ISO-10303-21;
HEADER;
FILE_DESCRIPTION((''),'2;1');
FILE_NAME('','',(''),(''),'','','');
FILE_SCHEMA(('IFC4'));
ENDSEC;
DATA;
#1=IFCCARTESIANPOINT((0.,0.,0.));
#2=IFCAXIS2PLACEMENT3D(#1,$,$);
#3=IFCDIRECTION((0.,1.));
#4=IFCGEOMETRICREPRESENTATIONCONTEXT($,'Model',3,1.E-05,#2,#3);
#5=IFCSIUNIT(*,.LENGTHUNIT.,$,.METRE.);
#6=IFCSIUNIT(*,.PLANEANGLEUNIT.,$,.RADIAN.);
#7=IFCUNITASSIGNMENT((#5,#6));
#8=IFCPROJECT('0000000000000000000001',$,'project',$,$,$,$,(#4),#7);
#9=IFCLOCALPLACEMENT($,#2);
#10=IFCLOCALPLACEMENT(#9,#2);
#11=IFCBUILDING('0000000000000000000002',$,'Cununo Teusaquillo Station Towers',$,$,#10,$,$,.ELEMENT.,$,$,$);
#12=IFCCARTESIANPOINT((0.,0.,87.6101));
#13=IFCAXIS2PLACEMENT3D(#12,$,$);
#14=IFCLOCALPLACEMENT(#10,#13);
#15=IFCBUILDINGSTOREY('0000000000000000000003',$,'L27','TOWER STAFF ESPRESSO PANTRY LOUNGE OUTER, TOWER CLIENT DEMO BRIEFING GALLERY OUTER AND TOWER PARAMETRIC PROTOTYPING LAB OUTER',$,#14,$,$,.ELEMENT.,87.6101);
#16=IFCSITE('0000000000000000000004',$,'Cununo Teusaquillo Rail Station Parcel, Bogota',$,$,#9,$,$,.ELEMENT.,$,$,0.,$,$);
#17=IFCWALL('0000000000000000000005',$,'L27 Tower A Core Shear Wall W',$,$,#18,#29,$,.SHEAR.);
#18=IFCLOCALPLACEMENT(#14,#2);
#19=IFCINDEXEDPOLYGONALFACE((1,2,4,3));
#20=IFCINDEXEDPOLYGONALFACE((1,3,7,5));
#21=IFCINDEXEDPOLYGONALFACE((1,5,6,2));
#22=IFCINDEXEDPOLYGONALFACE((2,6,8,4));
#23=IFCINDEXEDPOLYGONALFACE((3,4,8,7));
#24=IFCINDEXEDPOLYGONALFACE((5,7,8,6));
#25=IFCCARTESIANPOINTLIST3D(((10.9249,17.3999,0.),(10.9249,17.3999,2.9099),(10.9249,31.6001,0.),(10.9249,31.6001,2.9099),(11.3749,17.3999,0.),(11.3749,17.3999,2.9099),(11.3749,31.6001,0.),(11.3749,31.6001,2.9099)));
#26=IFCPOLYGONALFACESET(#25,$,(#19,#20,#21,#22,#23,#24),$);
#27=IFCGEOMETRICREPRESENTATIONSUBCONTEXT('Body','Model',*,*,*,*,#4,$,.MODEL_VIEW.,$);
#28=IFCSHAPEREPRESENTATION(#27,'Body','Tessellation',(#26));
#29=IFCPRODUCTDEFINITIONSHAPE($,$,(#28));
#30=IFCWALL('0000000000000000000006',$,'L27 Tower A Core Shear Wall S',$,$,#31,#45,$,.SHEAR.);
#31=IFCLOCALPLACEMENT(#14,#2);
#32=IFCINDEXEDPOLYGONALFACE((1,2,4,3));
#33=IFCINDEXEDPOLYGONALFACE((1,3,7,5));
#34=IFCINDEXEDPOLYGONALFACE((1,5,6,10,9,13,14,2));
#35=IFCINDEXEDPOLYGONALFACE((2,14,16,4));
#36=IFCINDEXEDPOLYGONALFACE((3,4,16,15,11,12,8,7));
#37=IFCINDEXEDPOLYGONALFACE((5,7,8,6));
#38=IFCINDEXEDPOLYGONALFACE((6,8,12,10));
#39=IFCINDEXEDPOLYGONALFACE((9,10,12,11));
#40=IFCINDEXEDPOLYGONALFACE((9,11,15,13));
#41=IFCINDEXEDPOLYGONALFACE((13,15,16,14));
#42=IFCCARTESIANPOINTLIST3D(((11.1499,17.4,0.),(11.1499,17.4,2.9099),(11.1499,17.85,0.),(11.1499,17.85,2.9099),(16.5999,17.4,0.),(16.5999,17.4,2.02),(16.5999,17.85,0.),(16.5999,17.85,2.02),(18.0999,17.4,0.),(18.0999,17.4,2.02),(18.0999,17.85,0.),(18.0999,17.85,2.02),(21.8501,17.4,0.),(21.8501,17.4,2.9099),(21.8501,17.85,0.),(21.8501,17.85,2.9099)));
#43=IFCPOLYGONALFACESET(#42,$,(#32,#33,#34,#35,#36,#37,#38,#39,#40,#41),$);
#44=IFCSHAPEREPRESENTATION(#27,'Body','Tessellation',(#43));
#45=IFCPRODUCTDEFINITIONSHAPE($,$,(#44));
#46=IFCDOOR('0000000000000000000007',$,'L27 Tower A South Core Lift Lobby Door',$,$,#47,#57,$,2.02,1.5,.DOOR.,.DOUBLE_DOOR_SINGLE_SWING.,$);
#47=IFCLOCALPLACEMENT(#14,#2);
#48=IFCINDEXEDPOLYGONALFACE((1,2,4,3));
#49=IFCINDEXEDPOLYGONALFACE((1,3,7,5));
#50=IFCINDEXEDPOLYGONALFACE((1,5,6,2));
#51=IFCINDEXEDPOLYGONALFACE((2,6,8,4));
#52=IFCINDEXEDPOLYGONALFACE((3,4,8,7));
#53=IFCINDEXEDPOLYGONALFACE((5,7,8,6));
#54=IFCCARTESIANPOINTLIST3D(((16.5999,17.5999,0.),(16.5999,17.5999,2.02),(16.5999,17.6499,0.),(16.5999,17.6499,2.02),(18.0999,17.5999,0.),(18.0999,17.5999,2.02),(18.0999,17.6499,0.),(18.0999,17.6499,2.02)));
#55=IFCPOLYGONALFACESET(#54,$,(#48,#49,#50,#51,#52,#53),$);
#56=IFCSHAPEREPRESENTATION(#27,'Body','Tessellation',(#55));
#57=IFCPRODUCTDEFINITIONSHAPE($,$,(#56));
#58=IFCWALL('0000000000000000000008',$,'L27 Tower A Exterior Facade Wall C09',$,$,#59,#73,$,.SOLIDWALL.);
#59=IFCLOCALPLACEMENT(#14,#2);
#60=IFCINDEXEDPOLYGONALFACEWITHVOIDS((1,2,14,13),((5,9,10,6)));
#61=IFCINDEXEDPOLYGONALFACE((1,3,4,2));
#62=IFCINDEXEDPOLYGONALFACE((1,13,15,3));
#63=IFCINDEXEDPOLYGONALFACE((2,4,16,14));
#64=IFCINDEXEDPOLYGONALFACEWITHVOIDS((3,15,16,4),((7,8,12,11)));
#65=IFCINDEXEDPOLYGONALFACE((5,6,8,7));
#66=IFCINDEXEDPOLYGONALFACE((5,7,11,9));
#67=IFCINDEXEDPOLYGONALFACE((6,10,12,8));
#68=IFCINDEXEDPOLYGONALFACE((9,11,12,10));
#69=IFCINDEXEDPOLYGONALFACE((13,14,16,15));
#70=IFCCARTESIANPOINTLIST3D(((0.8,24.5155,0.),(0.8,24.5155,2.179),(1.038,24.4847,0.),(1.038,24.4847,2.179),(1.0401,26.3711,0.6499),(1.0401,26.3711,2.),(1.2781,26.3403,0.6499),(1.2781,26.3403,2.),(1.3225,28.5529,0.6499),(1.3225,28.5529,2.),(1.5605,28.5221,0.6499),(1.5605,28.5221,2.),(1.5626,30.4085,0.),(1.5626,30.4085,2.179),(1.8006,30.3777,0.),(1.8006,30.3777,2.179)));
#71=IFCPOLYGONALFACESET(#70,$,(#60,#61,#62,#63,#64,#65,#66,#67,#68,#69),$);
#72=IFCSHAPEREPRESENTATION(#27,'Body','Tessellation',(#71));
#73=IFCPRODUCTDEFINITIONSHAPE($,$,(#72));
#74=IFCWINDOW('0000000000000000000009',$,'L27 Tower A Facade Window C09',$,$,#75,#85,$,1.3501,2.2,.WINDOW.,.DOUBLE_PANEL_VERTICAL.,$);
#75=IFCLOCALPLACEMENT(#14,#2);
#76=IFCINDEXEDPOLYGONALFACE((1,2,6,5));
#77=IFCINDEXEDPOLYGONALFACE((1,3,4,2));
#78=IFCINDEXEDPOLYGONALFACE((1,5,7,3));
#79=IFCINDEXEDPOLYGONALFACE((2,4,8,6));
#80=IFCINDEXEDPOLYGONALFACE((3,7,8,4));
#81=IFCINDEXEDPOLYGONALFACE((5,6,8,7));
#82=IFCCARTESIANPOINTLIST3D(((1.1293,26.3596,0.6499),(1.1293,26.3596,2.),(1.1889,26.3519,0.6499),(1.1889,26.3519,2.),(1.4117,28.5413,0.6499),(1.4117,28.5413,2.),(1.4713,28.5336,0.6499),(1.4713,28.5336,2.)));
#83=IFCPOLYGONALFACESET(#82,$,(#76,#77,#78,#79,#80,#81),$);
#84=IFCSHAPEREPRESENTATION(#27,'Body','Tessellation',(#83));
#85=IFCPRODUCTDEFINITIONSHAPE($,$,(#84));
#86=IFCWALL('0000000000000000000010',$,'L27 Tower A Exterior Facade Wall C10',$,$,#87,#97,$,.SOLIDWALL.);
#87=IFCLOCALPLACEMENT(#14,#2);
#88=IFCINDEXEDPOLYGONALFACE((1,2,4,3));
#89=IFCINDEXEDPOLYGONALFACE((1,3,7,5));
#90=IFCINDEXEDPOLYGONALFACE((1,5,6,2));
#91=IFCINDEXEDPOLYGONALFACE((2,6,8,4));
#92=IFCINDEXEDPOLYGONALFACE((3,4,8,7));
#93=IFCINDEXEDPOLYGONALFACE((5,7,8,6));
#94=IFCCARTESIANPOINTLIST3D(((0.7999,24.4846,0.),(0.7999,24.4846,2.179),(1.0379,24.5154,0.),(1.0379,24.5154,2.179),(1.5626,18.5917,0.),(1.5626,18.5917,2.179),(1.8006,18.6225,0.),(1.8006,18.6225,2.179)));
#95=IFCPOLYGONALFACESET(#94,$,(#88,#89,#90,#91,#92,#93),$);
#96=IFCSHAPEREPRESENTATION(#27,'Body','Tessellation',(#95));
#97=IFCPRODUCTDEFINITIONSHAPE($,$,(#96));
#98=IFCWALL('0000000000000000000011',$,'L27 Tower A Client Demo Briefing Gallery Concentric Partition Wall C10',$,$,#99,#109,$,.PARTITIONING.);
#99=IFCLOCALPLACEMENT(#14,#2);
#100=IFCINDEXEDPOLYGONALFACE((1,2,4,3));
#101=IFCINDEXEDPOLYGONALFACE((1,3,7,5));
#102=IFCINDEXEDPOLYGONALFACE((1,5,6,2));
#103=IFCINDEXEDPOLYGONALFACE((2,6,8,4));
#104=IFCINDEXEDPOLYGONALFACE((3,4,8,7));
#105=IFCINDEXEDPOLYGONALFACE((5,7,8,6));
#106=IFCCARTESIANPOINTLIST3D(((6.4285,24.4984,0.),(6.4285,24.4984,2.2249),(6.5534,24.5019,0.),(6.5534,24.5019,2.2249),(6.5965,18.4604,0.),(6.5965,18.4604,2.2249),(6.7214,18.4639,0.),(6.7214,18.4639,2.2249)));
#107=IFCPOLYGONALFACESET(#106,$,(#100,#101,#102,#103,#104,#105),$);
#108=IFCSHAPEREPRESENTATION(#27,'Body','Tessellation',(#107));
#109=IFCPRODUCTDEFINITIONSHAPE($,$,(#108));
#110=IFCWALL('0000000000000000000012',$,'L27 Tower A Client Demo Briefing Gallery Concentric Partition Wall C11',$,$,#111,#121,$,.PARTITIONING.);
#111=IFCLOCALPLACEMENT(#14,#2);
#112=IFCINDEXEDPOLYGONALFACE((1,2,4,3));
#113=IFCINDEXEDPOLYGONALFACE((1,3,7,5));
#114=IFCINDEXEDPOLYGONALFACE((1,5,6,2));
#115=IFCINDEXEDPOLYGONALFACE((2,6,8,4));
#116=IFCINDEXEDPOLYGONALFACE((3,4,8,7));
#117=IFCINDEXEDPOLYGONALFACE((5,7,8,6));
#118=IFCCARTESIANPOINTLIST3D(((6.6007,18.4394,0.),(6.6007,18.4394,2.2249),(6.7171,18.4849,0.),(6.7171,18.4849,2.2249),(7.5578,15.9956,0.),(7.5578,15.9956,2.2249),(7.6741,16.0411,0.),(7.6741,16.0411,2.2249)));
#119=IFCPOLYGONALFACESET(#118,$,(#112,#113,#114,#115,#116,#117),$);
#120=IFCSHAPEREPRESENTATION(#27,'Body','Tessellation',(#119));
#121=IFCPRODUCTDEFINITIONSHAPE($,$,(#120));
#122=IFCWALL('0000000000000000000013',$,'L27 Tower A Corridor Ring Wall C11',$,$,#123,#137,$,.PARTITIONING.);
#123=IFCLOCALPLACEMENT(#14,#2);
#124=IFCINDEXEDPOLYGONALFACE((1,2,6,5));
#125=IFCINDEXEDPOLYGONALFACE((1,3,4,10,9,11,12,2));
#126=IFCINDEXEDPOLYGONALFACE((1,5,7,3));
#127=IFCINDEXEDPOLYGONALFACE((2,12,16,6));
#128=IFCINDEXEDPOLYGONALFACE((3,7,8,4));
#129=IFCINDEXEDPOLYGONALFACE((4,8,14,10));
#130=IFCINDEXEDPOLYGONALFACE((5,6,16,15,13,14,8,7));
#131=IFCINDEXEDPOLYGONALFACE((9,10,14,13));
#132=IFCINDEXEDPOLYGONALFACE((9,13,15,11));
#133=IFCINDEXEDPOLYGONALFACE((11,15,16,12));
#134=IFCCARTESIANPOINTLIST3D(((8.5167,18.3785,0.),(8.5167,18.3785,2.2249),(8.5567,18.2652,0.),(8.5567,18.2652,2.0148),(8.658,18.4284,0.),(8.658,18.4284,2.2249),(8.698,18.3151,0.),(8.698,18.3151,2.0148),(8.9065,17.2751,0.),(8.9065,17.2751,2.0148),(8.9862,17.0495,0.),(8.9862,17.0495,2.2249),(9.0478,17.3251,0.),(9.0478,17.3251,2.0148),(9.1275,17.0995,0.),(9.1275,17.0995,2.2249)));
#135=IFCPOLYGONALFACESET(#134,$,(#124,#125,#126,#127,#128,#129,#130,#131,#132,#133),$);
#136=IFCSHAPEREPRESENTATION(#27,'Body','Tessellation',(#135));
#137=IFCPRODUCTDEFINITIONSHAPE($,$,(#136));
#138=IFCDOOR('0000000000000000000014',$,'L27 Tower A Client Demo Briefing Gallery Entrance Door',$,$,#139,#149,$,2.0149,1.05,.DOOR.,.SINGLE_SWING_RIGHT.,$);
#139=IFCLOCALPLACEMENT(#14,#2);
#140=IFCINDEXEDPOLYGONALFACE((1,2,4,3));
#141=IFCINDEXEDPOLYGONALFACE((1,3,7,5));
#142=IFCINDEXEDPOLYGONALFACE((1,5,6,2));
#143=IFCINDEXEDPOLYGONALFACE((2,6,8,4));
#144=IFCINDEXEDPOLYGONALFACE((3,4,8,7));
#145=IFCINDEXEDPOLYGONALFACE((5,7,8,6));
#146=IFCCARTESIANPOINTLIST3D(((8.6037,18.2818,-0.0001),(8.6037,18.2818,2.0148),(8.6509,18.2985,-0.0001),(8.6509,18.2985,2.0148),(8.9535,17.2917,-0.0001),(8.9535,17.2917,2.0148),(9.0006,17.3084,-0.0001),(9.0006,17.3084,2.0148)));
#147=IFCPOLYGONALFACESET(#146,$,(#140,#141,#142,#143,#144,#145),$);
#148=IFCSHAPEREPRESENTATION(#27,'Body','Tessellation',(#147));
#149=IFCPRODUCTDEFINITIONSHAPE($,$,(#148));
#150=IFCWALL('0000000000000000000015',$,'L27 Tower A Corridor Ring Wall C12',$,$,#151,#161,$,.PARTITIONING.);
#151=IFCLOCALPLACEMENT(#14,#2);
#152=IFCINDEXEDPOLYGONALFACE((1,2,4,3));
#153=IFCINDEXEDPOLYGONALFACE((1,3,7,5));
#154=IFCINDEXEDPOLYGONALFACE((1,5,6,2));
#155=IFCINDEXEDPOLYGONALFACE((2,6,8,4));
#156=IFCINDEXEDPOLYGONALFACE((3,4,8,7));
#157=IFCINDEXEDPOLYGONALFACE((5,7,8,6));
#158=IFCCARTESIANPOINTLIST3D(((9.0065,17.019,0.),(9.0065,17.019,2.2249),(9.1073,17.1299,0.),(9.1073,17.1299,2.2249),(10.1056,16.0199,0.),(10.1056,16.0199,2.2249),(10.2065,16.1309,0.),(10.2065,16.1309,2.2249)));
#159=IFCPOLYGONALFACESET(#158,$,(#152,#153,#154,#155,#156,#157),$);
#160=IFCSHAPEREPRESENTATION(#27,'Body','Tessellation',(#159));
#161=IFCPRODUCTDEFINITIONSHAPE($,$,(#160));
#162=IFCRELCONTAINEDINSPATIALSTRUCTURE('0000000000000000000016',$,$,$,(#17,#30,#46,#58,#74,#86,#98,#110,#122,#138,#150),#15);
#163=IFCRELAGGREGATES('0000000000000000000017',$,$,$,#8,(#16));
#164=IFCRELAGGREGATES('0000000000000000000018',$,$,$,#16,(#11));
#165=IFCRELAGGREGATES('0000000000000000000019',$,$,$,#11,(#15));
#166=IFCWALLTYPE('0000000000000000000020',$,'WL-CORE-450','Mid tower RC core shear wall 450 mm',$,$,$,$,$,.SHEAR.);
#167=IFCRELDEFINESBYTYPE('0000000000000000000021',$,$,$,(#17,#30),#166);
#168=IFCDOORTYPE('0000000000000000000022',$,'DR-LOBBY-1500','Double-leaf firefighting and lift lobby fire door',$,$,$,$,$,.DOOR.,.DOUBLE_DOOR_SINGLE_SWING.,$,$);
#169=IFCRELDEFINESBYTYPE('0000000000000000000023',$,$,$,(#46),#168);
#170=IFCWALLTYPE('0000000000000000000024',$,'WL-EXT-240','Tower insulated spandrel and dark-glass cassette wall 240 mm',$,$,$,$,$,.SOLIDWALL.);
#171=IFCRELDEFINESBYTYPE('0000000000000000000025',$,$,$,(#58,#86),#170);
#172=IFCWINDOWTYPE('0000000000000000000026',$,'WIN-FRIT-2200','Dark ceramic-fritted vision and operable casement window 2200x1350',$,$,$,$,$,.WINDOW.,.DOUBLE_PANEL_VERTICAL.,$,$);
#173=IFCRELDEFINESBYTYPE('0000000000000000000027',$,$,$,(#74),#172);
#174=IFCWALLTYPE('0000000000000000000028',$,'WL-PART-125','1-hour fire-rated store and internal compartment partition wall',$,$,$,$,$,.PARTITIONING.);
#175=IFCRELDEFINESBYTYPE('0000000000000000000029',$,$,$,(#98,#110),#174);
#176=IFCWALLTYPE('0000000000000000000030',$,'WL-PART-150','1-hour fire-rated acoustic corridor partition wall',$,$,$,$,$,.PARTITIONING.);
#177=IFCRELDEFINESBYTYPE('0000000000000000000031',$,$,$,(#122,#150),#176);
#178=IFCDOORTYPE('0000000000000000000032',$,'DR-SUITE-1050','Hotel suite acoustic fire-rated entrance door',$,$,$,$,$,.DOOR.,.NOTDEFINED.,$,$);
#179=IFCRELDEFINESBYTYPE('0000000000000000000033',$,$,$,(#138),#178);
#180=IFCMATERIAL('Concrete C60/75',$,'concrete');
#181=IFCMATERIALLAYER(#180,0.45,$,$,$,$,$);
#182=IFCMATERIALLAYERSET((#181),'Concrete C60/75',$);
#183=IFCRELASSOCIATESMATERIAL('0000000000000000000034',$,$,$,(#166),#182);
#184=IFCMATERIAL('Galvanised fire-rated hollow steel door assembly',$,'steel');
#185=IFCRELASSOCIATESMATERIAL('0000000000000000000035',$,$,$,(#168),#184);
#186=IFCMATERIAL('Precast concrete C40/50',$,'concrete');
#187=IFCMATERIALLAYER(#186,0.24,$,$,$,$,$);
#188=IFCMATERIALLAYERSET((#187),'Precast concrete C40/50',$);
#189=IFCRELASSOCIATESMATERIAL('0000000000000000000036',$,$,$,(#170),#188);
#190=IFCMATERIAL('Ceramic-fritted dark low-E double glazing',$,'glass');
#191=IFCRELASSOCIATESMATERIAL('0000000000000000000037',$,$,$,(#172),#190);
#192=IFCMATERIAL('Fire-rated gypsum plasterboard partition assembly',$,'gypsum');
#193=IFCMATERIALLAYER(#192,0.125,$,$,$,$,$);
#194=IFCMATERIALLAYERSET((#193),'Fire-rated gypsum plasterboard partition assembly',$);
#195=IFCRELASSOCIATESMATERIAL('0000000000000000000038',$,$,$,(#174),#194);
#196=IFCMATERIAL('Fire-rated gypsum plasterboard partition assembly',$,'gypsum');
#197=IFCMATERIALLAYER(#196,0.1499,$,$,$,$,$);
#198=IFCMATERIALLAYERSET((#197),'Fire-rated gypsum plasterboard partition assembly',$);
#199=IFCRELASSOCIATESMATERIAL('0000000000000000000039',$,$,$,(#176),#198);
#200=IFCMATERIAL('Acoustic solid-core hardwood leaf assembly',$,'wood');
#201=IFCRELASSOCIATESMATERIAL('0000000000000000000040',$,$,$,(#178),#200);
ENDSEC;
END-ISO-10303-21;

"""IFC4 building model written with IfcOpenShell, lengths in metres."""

from ifc_helpers import new_model, si_unit, direction, frame, frame_2d, origin, place, context, subcontext, project, spatial, rectangle, extrude, source, transform, mapped, material, layer, layer_set, type_object, element, fill, save


model = new_model("IFC4")

# Units and contexts
model_context = context("Model", 3, precision=1e-05, world=origin(), true_north=direction((0.0, 1.0)))
body_context = subcontext(model_context, "Body", "Model", "MODEL_VIEW")
ifc_project = project(units=[si_unit("LENGTHUNIT", "METRE"), si_unit("PLANEANGLEUNIT", "RADIAN")], contexts=[model_context])

# Site, building, storey
site_placement = place(None, origin())
site = spatial("IfcSite", under=ifc_project, at=site_placement, Name="Cununo Teusaquillo Rail Station Parcel, Bogota", CompositionType="ELEMENT", RefElevation=0.0)
building_placement = place(site_placement, origin())
building = spatial("IfcBuilding", under=site, at=building_placement, Name="Cununo Teusaquillo Station Towers", CompositionType="ELEMENT")
storey_placement = place(building_placement, frame((0.0, 0.0, 87.6101)))
storey = spatial("IfcBuildingStorey", under=building, at=storey_placement, Name="L27", Description="TOWER STAFF ESPRESSO PANTRY LOUNGE OUTER, TOWER CLIENT DEMO BRIEFING GALLERY OUTER AND TOWER PARAMETRIC PROTOTYPING LAB OUTER", CompositionType="ELEMENT", Elevation=87.6101)

# Wall
ifc_material_1 = material(Name="Concrete C60/75", Category="concrete")
ifc_layer_1 = layer(ifc_material_1, 0.45)
ifc_layer_set_1 = layer_set([ifc_layer_1], Name="Concrete C60/75")
wall_type_1 = type_object("IfcWallType", Name="WL-CORE-450", Description="Mid tower RC core shear wall 450 mm", PredefinedType="SHEAR", material=ifc_layer_set_1)
wall_1_placement = place(storey_placement, frame((11.1499, 17.3999, 0.0), z_axis=(0.0, 0.0, 1.0), x_axis=(0.0, 1.0, 0.0)))
element("IfcWall", 1, at=wall_1_placement, inside=storey, type_object=wall_type_1, Name="L27 Tower A Core Shear Wall W", PredefinedType="SHEAR", context=body_context, shape_type="SweptSolid", body=[
    extrude(rectangle(XDim=14.2002, YDim=0.45, at=frame_2d((7.1001, 0.0))), origin(), (0.0, 0.0, 1.0), 2.9099),
])

# Wall, opening, door
wall_2_placement = place(storey_placement, frame((11.1499, 17.625, 0.0), z_axis=(0.0, 0.0, 1.0), x_axis=(1.0, 0.0, 0.0)))
wall_2 = element("IfcWall", 2, at=wall_2_placement, inside=storey, type_object=wall_type_1, Name="L27 Tower A Core Shear Wall S", PredefinedType="SHEAR", context=body_context, shape_type="SweptSolid", body=[
    extrude(rectangle(XDim=10.7002, YDim=0.45, at=frame_2d((5.3501, 0.0))), origin(), (0.0, 0.0, 1.0), 2.9099),
])
shared_shape_1 = source(origin(), body_context, "Body", "SweptSolid", [
    extrude(rectangle(XDim=1.5, YDim=2.02, at=frame_2d((0.75, 1.01))), frame((0.0, 0.2349, 0.0), z_axis=(0.0, -1.0, 0.0), x_axis=(1.0, 0.0, 0.0)), (0.0, 0.0, 1.0), 0.47),
])
opening_1_placement = place(wall_2_placement, frame((5.45, 0.0, 0.0)))
opening_1 = element("IfcOpeningElement", 3, at=opening_1_placement, cuts=wall_2, PredefinedType="OPENING", context=body_context, shape_type="MappedRepresentation", body=[
    mapped(shared_shape_1, transform((0.0, 0.0, 0.0), x_axis=(1.0, 0.0, 0.0), y_axis=(0.0, 1.0, 0.0), z_axis=(0.0, 0.0, 1.0), scale=1.0)),
])
ifc_material_2 = material(Name="Galvanised fire-rated hollow steel door assembly", Category="steel")
door_type_1 = type_object("IfcDoorType", Name="DR-LOBBY-1500", Description="Double-leaf firefighting and lift lobby fire door", OperationType="DOUBLE_DOOR_SINGLE_SWING", PredefinedType="DOOR", material=ifc_material_2)
shared_shape_2 = source(origin(), body_context, "Body", "SweptSolid", [
    extrude(rectangle(XDim=1.5, YDim=2.02, at=frame_2d((0.75, 1.01))), frame((0.0, 0.0249, 0.0), z_axis=(0.0, -1.0, 0.0), x_axis=(1.0, 0.0, 0.0)), (0.0, 0.0, 1.0), 0.05),
])
door_1_placement = place(opening_1_placement, origin())
door_1 = element("IfcDoor", 4, at=door_1_placement, inside=storey, type_object=door_type_1, Name="L27 Tower A South Core Lift Lobby Door", OperationType="DOUBLE_DOOR_SINGLE_SWING", OverallHeight=2.02, OverallWidth=1.5, PredefinedType="DOOR", context=body_context, shape_type="MappedRepresentation", body=[
    mapped(shared_shape_2, transform((0.0, 0.0, 0.0), x_axis=(1.0, 0.0, 0.0), y_axis=(0.0, 1.0, 0.0), z_axis=(0.0, 0.0, 1.0), scale=1.0)),
])
fill(opening_1, door_1)

# Wall, opening, window
ifc_material_3 = material(Name="Precast concrete C40/50", Category="concrete")
ifc_layer_2 = layer(ifc_material_3, 0.24)
ifc_layer_set_2 = layer_set([ifc_layer_2], Name="Precast concrete C40/50")
wall_type_2 = type_object("IfcWallType", Name="WL-EXT-240", Description="Tower insulated spandrel and dark-glass cassette wall 240 mm", PredefinedType="SOLIDWALL", material=ifc_layer_set_2)
wall_3_placement = place(storey_placement, frame((0.9189, 24.5, 0.0), z_axis=(0.0, 0.0, 1.0), x_axis=(0.128352, 0.991729, 0.0)))
wall_3 = element("IfcWall", 5, at=wall_3_placement, inside=storey, type_object=wall_type_2, Name="L27 Tower A Exterior Facade Wall C09", PredefinedType="SOLIDWALL", context=body_context, shape_type="SweptSolid", body=[
    extrude(rectangle(XDim=5.9421, YDim=0.24, at=frame_2d((2.9712, 0.0))), origin(), (0.0, 0.0, 1.0), 2.179),
])
shared_shape_3 = source(origin(), body_context, "Body", "SweptSolid", [
    extrude(rectangle(XDim=2.2, YDim=1.3501, at=frame_2d((1.1001, 0.675))), frame((0.0, 0.1299, 0.0), z_axis=(0.0, -1.0, 0.0), x_axis=(1.0, 0.0, 0.0)), (0.0, 0.0, 1.0), 0.26),
])
opening_2_placement = place(wall_3_placement, frame((1.8711, 0.0, 0.6499)))
opening_2 = element("IfcOpeningElement", 6, at=opening_2_placement, cuts=wall_3, PredefinedType="OPENING", context=body_context, shape_type="MappedRepresentation", body=[
    mapped(shared_shape_3, transform((0.0, 0.0, 0.0), x_axis=(1.0, 0.0, 0.0), y_axis=(0.0, 1.0, 0.0), z_axis=(0.0, 0.0, 1.0), scale=1.0)),
])
ifc_material_4 = material(Name="Ceramic-fritted dark low-E double glazing", Category="glass")
window_type = type_object("IfcWindowType", Name="WIN-FRIT-2200", Description="Dark ceramic-fritted vision and operable casement window 2200x1350", PartitioningType="DOUBLE_PANEL_VERTICAL", PredefinedType="WINDOW", material=ifc_material_4)
shared_shape_4 = source(origin(), body_context, "Body", "SweptSolid", [
    extrude(rectangle(XDim=2.2, YDim=1.3501, at=frame_2d((1.1001, 0.675))), frame((0.0, 0.03, 0.0), z_axis=(0.0, -1.0, 0.0), x_axis=(1.0, 0.0, 0.0)), (0.0, 0.0, 1.0), 0.0601),
])
window_placement = place(opening_2_placement, origin())
window = element("IfcWindow", 7, at=window_placement, inside=storey, type_object=window_type, Name="L27 Tower A Facade Window C09", OverallHeight=1.3501, OverallWidth=2.2, PartitioningType="DOUBLE_PANEL_VERTICAL", PredefinedType="WINDOW", context=body_context, shape_type="MappedRepresentation", body=[
    mapped(shared_shape_4, transform((0.0, 0.0, 0.0), x_axis=(1.0, 0.0, 0.0), y_axis=(0.0, 1.0, 0.0), z_axis=(0.0, 0.0, 1.0), scale=1.0)),
])
fill(opening_2, window)

# Walls
wall_4_placement = place(storey_placement, frame((1.6816, 18.6069, 0.0), z_axis=(0.0, 0.0, 1.0), x_axis=(-0.128352, 0.991729, 0.0)))
element("IfcWall", 8, at=wall_4_placement, inside=storey, type_object=wall_type_2, Name="L27 Tower A Exterior Facade Wall C10", PredefinedType="SOLIDWALL", context=body_context, shape_type="SweptSolid", body=[
    extrude(rectangle(XDim=5.9421, YDim=0.24, at=frame_2d((2.9712, 0.0))), origin(), (0.0, 0.0, 1.0), 2.179),
])
ifc_material_5 = material(Name="Fire-rated gypsum plasterboard partition assembly", Category="gypsum")
ifc_layer_3 = layer(ifc_material_5, 0.125)
ifc_layer_set_3 = layer_set([ifc_layer_3], Name="Fire-rated gypsum plasterboard partition assembly")
wall_type_3 = type_object("IfcWallType", Name="WL-PART-125", Description="1-hour fire-rated store and internal compartment partition wall", PredefinedType="PARTITIONING", material=ifc_layer_set_3)
wall_5_placement = place(storey_placement, frame((6.491, 24.5, 0.0), z_axis=(0.0, 0.0, 1.0), x_axis=(0.027809, -0.999613, 0.0)))
element("IfcWall", 9, at=wall_5_placement, inside=storey, type_object=wall_type_3, Name="L27 Tower A Client Demo Briefing Gallery Concentric Partition Wall C10", PredefinedType="PARTITIONING", context=body_context, shape_type="SweptSolid", body=[
    extrude(rectangle(XDim=6.0403, YDim=0.125, at=frame_2d((3.02, 0.0))), origin(), (0.0, 0.0, 1.0), 2.2249),
])
wall_6_placement = place(storey_placement, frame((6.6589, 18.4622, 0.0), z_axis=(0.0, 0.0, 1.0), x_axis=(0.364645, -0.931147, 0.0)))
element("IfcWall", 10, at=wall_6_placement, inside=storey, type_object=wall_type_3, Name="L27 Tower A Client Demo Briefing Gallery Concentric Partition Wall C11", PredefinedType="PARTITIONING", context=body_context, shape_type="SweptSolid", body=[
    extrude(rectangle(XDim=2.6245, YDim=0.125, at=frame_2d((1.3123, 0.0))), origin(), (0.0, 0.0, 1.0), 2.2249),
])

# Wall, opening, door
ifc_material_6 = material(Name="Fire-rated gypsum plasterboard partition assembly", Category="gypsum")
ifc_layer_4 = layer(ifc_material_6, 0.1499)
ifc_layer_set_4 = layer_set([ifc_layer_4], Name="Fire-rated gypsum plasterboard partition assembly")
wall_type_4 = type_object("IfcWallType", Name="WL-PART-150", Description="1-hour fire-rated acoustic corridor partition wall", PredefinedType="PARTITIONING", material=ifc_layer_set_4)
wall_7_placement = place(storey_placement, frame((8.5874, 18.4033, 0.0), z_axis=(0.0, 0.0, 1.0), x_axis=(0.333119, -0.942885, 0.0)))
wall_7 = element("IfcWall", 11, at=wall_7_placement, inside=storey, type_object=wall_type_4, Name="L27 Tower A Corridor Ring Wall C11", PredefinedType="PARTITIONING", context=body_context, shape_type="SweptSolid", body=[
    extrude(rectangle(XDim=1.4094, YDim=0.1499, at=frame_2d((0.7046, 0.0))), origin(), (0.0, 0.0, 1.0), 2.2249),
])
shared_shape_5 = source(origin(), body_context, "Body", "SweptSolid", [
    extrude(rectangle(XDim=1.05, YDim=2.0149, at=frame_2d((0.5249, 1.0073))), frame((0.0, 0.085, 0.0), z_axis=(0.0, -1.0, 0.0), x_axis=(1.0, 0.0, 0.0)), (0.0, 0.0, 1.0), 0.1699),
])
opening_3_placement = place(wall_7_placement, frame((0.1201, 0.0, 0.0)))
opening_3 = element("IfcOpeningElement", 12, at=opening_3_placement, cuts=wall_7, PredefinedType="OPENING", context=body_context, shape_type="MappedRepresentation", body=[
    mapped(shared_shape_5, transform((0.0, 0.0, 0.0), x_axis=(1.0, 0.0, 0.0), y_axis=(0.0, 1.0, 0.0), z_axis=(0.0, 0.0, 1.0), scale=1.0)),
])
ifc_material_7 = material(Name="Acoustic solid-core hardwood leaf assembly", Category="wood")
door_type_2 = type_object("IfcDoorType", Name="DR-SUITE-1050", Description="Hotel suite acoustic fire-rated entrance door", OperationType="NOTDEFINED", PredefinedType="DOOR", material=ifc_material_7)
shared_shape_6 = source(origin(), body_context, "Body", "SweptSolid", [
    extrude(rectangle(XDim=1.05, YDim=2.0149, at=frame_2d((0.5249, 1.0073))), frame((0.0, 0.0249, 0.0), z_axis=(0.0, -1.0, 0.0), x_axis=(1.0, 0.0, 0.0)), (0.0, 0.0, 1.0), 0.05),
])
door_2_placement = place(opening_3_placement, origin())
door_2 = element("IfcDoor", 13, at=door_2_placement, inside=storey, type_object=door_type_2, Name="L27 Tower A Client Demo Briefing Gallery Entrance Door", OperationType="SINGLE_SWING_RIGHT", OverallHeight=2.0149, OverallWidth=1.05, PredefinedType="DOOR", context=body_context, shape_type="MappedRepresentation", body=[
    mapped(shared_shape_6, transform((0.0, 0.0, 0.0), x_axis=(1.0, 0.0, 0.0), y_axis=(0.0, 1.0, 0.0), z_axis=(0.0, 0.0, 1.0), scale=1.0)),
])
fill(opening_3, door_2)

# Wall
wall_8_placement = place(storey_placement, frame((9.0569, 17.0745, 0.0), z_axis=(0.0, 0.0, 1.0), x_axis=(0.74, -0.672607, 0.0)))
element("IfcWall", 14, at=wall_8_placement, inside=storey, type_object=wall_type_4, Name="L27 Tower A Corridor Ring Wall C12", PredefinedType="PARTITIONING", context=body_context, shape_type="SweptSolid", body=[
    extrude(rectangle(XDim=1.4854, YDim=0.1499, at=frame_2d((0.7427, 0.0))), origin(), (0.0, 0.0, 1.0), 2.2249),
])

save(model, "model.ifc")
